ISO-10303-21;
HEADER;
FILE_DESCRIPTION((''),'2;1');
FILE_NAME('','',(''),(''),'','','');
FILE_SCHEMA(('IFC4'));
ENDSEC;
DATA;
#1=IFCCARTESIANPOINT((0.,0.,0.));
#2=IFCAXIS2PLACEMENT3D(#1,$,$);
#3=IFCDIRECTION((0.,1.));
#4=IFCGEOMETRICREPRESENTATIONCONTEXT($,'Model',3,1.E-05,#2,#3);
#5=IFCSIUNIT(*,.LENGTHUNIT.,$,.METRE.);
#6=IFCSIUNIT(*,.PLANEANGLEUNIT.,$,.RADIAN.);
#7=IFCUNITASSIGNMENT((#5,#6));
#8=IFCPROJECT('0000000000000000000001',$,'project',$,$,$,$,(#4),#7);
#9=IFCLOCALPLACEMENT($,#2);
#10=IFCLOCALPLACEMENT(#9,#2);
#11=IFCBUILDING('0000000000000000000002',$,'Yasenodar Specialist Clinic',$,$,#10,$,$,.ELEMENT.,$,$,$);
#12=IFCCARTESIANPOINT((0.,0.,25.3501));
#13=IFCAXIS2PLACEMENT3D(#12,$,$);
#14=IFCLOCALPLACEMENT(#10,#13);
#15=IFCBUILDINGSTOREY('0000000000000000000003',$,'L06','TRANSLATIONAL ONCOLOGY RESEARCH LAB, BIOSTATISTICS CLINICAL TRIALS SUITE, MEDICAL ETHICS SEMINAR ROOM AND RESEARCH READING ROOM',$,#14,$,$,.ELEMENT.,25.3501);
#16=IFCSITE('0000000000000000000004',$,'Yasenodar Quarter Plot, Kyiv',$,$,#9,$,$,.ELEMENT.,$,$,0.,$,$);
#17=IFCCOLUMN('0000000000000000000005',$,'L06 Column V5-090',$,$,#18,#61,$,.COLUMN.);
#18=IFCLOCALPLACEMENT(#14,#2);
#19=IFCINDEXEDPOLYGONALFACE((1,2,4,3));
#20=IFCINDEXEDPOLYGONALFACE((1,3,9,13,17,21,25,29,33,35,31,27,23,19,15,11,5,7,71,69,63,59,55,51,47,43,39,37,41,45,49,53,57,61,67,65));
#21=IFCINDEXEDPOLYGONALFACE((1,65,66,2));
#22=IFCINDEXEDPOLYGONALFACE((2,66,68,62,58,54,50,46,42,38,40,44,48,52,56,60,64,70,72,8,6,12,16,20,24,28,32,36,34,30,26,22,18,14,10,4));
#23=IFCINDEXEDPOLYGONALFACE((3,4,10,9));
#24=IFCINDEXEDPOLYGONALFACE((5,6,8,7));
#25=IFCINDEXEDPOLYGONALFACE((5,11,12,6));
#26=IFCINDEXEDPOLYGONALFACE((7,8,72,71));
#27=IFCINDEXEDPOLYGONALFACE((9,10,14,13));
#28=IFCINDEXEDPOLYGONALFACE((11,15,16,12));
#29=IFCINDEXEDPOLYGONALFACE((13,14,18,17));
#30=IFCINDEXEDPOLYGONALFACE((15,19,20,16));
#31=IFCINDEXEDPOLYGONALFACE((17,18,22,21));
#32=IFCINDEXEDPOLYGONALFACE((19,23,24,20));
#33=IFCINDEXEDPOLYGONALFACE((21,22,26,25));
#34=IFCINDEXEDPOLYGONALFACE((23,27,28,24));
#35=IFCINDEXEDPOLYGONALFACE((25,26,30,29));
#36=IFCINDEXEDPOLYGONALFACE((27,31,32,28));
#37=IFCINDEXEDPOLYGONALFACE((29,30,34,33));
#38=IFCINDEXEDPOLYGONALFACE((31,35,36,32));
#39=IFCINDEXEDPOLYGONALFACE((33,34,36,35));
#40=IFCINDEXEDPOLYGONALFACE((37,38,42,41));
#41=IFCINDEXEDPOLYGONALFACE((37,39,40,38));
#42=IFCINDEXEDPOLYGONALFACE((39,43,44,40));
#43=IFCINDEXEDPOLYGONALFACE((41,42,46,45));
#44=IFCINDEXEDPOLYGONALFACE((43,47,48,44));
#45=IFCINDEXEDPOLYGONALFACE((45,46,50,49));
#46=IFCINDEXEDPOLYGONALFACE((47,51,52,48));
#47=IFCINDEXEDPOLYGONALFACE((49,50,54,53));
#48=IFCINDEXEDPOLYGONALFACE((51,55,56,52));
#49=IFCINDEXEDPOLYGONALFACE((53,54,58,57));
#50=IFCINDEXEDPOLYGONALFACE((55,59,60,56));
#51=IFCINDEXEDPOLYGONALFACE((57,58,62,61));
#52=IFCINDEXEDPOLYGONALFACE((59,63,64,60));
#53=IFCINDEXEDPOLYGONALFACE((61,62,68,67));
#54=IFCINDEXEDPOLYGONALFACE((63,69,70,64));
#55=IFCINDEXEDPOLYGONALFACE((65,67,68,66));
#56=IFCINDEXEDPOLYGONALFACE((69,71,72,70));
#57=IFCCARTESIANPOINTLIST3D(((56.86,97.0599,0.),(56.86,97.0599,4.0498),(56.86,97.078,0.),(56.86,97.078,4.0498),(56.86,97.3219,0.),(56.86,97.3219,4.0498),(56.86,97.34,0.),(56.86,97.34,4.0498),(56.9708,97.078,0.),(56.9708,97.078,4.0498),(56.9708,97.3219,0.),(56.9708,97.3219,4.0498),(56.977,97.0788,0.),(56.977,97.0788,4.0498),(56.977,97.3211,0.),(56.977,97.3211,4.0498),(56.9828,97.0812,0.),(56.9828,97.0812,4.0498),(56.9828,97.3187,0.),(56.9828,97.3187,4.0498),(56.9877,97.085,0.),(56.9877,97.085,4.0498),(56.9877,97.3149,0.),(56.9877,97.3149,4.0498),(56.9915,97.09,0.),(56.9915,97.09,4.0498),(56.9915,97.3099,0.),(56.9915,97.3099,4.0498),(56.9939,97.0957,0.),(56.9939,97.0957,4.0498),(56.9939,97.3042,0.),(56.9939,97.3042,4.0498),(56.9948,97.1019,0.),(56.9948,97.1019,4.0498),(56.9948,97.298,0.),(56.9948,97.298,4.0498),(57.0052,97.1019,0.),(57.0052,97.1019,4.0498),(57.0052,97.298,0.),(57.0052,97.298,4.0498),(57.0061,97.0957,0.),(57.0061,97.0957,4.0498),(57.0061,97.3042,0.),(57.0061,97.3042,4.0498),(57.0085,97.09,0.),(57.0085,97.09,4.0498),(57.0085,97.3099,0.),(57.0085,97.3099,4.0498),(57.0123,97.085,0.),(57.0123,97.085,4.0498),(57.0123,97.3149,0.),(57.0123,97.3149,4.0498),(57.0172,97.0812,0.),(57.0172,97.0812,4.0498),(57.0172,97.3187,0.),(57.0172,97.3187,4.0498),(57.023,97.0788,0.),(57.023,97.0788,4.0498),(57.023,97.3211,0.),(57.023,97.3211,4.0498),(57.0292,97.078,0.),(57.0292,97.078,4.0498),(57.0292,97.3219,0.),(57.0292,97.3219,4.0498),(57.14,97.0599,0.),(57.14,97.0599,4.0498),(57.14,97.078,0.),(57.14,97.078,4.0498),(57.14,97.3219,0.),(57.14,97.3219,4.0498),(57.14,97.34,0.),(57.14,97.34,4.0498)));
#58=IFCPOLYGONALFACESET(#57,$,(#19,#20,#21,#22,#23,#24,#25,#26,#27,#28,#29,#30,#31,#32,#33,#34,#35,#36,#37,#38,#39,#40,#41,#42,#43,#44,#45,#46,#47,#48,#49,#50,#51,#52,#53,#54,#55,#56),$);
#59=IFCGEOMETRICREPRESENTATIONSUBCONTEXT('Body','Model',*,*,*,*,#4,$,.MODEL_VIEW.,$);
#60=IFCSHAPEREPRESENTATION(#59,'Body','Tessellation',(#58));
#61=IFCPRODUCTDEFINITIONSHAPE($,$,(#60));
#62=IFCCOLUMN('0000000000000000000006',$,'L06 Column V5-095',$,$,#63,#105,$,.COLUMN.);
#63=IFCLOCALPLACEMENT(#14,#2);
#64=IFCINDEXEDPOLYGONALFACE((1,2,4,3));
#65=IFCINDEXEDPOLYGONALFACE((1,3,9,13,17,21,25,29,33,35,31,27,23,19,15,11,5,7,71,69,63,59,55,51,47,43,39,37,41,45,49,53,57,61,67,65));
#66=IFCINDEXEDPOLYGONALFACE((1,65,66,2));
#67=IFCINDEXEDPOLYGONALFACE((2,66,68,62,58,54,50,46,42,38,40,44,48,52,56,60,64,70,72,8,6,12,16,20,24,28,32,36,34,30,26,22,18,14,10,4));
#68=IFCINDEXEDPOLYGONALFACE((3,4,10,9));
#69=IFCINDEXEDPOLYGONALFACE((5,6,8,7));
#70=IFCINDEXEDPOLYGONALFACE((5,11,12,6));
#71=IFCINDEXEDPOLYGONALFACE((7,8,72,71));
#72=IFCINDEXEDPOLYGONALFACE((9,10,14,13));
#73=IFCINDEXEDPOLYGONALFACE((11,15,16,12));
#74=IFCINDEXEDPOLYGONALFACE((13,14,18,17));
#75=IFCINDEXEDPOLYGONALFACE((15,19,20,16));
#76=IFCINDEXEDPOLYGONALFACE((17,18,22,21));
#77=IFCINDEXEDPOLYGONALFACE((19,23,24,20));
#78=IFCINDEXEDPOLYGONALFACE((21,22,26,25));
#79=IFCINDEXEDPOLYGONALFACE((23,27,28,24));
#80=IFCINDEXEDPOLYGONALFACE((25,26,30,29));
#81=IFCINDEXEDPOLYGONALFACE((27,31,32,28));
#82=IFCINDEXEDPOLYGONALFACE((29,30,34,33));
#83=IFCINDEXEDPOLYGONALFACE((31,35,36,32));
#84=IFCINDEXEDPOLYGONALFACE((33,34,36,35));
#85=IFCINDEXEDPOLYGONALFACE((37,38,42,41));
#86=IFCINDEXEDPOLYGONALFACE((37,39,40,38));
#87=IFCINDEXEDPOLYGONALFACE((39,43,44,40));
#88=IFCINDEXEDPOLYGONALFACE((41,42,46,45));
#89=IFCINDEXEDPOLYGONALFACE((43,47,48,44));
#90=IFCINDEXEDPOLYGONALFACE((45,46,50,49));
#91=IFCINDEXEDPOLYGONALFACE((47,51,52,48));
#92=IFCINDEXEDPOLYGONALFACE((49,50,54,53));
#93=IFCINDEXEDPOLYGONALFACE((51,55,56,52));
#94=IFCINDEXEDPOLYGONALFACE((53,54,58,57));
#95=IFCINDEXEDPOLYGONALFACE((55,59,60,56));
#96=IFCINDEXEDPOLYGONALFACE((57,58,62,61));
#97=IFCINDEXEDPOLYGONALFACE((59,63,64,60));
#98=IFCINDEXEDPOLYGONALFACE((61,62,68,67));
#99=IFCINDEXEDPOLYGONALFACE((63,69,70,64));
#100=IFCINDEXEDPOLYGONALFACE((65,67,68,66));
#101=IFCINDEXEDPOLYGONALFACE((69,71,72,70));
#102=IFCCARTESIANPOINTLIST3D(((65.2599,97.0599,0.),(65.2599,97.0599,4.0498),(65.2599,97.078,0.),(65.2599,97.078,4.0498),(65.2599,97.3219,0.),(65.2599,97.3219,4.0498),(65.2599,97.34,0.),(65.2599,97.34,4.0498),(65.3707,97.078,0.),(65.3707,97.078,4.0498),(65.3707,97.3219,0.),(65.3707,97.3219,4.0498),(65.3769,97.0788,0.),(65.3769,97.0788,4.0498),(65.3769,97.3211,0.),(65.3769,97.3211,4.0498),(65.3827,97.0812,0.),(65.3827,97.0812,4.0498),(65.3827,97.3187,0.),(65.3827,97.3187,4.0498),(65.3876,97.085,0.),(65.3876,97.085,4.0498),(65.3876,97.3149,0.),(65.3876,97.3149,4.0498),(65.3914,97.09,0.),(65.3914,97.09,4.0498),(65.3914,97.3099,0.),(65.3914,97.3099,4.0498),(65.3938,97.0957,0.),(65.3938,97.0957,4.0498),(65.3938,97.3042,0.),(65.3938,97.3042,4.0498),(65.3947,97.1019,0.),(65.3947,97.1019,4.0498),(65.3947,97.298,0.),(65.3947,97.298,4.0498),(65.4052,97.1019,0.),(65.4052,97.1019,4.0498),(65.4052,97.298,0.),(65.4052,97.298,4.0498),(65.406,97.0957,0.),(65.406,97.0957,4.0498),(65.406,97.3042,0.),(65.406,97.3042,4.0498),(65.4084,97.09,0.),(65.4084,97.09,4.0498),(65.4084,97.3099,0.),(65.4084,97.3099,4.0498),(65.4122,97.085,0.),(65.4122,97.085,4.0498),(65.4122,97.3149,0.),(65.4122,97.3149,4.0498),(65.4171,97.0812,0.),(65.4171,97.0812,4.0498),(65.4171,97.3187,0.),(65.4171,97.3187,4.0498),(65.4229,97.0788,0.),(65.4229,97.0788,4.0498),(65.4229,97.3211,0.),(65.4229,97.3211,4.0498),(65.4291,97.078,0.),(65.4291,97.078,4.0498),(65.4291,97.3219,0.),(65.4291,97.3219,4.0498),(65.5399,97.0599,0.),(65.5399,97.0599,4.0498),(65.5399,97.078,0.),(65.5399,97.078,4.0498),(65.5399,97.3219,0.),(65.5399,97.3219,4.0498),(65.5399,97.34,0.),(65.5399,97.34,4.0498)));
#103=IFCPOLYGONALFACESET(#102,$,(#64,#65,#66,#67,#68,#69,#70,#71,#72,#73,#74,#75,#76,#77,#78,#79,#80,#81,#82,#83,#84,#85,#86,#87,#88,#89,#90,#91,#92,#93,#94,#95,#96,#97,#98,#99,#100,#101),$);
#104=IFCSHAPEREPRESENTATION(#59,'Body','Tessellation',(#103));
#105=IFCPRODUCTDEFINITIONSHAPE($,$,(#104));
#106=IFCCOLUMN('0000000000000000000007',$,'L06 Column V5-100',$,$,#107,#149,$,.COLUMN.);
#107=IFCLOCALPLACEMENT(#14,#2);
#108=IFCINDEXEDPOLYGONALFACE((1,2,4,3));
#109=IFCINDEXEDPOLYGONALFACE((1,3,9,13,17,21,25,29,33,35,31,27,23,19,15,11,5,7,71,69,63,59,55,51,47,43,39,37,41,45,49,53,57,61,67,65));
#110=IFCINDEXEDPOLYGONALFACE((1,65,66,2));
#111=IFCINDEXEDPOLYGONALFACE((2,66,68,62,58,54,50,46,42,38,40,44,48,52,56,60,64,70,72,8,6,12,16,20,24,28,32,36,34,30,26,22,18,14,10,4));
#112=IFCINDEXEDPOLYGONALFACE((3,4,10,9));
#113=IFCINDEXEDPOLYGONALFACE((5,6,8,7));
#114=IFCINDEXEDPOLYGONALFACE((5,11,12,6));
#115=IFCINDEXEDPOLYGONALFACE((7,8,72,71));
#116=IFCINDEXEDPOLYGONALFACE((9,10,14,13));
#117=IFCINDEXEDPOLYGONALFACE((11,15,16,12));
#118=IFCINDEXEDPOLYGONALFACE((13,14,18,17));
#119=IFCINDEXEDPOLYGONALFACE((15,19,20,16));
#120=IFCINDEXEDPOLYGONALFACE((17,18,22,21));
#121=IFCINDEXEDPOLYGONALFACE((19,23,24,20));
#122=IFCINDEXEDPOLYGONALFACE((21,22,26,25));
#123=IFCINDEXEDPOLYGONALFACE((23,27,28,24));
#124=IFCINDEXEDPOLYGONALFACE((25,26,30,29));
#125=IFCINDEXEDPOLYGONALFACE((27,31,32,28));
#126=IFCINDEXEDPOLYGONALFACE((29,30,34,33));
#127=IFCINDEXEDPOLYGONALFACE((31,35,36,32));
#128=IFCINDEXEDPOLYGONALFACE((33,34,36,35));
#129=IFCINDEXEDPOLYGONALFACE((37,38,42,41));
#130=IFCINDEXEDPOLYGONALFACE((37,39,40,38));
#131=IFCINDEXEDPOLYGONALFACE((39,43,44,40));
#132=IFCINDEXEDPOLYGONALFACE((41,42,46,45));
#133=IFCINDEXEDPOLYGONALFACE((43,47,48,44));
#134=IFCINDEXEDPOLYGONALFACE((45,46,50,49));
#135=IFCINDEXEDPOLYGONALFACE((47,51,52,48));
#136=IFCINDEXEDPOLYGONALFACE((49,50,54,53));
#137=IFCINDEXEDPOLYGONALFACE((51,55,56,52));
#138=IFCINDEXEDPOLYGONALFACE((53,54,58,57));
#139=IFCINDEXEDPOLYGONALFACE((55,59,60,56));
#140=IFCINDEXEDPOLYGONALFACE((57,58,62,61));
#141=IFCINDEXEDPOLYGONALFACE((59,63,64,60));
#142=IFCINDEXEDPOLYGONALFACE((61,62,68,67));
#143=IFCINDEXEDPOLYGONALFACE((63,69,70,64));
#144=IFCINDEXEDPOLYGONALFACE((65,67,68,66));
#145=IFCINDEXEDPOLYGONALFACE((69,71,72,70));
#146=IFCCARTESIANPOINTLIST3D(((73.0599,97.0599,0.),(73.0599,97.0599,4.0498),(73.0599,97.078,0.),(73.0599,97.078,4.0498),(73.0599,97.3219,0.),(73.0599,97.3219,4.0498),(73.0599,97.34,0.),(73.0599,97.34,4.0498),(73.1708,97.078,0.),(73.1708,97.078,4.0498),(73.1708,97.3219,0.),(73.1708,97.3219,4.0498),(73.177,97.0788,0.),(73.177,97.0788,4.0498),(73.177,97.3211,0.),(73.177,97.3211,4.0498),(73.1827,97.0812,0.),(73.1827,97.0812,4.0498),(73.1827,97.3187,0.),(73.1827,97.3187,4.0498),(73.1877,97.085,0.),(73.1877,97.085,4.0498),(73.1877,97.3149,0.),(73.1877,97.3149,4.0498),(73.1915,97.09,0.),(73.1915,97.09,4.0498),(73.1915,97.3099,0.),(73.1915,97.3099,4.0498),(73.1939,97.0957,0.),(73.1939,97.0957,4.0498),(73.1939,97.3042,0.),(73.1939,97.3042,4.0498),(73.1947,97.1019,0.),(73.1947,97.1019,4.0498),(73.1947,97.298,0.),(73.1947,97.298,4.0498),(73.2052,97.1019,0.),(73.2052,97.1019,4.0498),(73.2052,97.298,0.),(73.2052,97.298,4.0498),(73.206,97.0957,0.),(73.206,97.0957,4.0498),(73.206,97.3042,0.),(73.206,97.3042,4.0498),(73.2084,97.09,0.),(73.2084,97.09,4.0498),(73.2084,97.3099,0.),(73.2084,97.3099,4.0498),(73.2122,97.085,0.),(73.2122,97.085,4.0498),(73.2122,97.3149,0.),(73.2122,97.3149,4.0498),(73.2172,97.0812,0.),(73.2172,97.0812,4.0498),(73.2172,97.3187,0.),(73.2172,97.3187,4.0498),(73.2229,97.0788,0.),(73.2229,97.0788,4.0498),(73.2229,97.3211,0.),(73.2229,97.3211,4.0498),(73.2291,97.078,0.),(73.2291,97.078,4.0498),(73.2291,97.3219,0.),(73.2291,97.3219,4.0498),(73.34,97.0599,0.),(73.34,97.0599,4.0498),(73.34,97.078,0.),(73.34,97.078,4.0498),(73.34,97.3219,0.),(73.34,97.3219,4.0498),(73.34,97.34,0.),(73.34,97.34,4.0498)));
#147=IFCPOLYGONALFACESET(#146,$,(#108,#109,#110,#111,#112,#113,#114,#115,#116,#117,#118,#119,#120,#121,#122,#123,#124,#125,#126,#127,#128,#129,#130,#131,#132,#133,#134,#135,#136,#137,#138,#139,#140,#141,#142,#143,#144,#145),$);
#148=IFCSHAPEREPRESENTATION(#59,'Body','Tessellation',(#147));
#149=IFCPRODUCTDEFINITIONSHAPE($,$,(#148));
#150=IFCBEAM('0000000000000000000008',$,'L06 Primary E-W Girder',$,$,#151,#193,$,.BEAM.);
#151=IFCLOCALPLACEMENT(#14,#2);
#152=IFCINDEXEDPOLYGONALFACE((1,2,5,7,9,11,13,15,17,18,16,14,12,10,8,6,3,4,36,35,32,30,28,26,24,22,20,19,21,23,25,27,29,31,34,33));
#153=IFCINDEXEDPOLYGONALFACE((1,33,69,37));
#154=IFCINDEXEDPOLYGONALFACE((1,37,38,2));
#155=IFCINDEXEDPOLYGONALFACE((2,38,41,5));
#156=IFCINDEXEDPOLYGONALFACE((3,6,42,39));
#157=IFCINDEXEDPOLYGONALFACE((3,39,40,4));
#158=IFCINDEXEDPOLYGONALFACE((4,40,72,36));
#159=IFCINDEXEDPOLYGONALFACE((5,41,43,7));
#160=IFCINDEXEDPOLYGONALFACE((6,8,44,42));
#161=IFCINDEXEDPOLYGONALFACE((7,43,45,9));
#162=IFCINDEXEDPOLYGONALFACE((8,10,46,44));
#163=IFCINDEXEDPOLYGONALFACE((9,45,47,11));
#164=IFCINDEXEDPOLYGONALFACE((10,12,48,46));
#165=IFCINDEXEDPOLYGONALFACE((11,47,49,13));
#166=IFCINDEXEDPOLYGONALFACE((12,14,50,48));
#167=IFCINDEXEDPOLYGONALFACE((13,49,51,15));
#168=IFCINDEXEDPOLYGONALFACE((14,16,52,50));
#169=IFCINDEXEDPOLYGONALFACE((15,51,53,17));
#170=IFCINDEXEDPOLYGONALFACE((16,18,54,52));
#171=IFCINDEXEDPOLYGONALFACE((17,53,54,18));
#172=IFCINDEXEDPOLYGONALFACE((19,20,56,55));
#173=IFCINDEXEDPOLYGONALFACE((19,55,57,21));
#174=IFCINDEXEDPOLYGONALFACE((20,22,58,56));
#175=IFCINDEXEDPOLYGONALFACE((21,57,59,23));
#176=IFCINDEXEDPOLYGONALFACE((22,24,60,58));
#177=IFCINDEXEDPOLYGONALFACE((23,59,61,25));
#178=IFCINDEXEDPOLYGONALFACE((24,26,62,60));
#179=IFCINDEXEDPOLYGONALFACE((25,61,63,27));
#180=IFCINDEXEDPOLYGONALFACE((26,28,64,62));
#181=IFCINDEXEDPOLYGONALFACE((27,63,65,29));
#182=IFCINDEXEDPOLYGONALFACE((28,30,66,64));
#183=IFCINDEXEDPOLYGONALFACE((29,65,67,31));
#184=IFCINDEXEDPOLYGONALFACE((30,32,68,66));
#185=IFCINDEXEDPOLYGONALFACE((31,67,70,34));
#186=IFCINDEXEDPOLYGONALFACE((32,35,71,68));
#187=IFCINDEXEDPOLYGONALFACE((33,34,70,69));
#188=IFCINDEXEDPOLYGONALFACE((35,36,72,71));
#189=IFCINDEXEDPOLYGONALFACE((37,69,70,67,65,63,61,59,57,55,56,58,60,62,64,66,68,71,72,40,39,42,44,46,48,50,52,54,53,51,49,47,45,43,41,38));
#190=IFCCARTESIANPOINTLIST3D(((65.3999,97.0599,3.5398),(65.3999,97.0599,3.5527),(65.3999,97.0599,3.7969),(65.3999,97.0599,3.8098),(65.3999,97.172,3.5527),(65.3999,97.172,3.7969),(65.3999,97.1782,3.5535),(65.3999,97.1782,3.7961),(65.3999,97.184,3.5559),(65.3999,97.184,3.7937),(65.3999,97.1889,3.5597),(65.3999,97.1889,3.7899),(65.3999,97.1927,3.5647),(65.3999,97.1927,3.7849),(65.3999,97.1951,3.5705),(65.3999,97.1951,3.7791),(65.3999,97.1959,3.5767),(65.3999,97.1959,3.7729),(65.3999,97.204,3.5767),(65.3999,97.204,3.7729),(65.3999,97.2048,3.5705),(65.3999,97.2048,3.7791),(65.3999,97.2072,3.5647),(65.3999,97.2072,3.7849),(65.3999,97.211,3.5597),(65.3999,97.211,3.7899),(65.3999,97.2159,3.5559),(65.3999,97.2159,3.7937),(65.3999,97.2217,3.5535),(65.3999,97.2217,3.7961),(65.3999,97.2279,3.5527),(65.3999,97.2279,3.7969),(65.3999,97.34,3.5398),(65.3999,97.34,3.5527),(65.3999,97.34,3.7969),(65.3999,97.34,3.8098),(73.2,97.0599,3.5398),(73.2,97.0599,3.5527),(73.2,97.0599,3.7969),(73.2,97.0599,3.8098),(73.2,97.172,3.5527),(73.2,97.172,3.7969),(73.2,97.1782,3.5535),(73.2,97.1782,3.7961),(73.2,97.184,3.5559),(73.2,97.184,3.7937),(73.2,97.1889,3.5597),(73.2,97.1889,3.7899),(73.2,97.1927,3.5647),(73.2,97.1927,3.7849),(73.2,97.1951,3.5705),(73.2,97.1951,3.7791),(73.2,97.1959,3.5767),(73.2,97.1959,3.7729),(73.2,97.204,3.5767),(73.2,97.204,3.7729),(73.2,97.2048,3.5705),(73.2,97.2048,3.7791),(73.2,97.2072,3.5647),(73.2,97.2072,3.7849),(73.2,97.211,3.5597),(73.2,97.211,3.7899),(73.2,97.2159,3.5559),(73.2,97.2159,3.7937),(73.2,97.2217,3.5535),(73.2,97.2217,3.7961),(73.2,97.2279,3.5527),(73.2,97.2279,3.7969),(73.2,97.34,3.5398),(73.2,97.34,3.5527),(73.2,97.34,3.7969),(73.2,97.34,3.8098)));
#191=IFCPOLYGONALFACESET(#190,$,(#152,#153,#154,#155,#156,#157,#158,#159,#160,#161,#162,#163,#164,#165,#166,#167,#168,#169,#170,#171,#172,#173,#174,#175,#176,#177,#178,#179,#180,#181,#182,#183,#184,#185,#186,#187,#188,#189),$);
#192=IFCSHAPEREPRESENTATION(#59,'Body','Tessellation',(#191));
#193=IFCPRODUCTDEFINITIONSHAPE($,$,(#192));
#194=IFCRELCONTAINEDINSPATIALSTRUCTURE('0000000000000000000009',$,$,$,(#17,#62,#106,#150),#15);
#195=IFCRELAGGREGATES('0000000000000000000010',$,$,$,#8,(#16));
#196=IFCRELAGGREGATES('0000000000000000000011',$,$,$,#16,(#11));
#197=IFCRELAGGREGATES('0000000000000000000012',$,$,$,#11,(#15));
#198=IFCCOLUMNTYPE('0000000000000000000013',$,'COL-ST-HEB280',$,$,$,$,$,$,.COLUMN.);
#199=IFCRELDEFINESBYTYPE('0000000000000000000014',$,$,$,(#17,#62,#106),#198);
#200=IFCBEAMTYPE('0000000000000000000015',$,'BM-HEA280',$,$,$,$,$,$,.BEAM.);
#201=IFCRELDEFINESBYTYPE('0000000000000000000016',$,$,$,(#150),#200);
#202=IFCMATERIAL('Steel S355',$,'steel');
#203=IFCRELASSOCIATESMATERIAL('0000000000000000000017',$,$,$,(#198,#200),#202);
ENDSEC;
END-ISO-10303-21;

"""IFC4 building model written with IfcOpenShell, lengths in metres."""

from ifc_helpers import new_model, si_unit, direction, frame, origin, origin_2d, place, context, subcontext, project, spatial, i_section, extrude, material, material_profile, profile_set, type_object, element, save


model = new_model("IFC4")

# Units and contexts
model_context = context("Model", 3, precision=1e-05, world=origin(), true_north=direction((0.0, 1.0)))
body_context = subcontext(model_context, "Body", "Model", "MODEL_VIEW")
ifc_project = project(units=[si_unit("LENGTHUNIT", "METRE"), si_unit("PLANEANGLEUNIT", "RADIAN")], contexts=[model_context])

# Site, building, storey
site_placement = place(None, origin())
site = spatial("IfcSite", under=ifc_project, at=site_placement, Name="Yasenodar Quarter Plot, Kyiv", CompositionType="ELEMENT", RefElevation=0.0)
building_placement = place(site_placement, origin())
building = spatial("IfcBuilding", under=site, at=building_placement, Name="Yasenodar Specialist Clinic", CompositionType="ELEMENT")
storey_placement = place(building_placement, frame((0.0, 0.0, 25.3501)))
storey = spatial("IfcBuildingStorey", under=building, at=storey_placement, Name="L06", Description="TRANSLATIONAL ONCOLOGY RESEARCH LAB, BIOSTATISTICS CLINICAL TRIALS SUITE, MEDICAL ETHICS SEMINAR ROOM AND RESEARCH READING ROOM", CompositionType="ELEMENT", Elevation=25.3501)

# Columns
ifc_material_1 = material(Name="Steel S355", Category="steel")
ifc_material_profile_1 = material_profile(ifc_material_1, i_section(OverallWidth=0.28, OverallDepth=0.28, WebThickness=0.0105, FlangeThickness=0.0181, FilletRadius=0.0239, at=origin_2d()), Name="HEB 280")
ifc_profile_set_1 = profile_set([ifc_material_profile_1], Name="Steel S355")
column_type = type_object("IfcColumnType", Name="COL-ST-HEB280", PredefinedType="COLUMN", material=ifc_profile_set_1)
for number, where, z_axis, x_axis, name in (
    (1, (57.0, 97.2, 0.0), (0.0, 0.0, 1.0), (1.0, 0.0, 0.0), "L06 Column V5-090"),
    (2, (65.3999, 97.2, 0.0), (0.0, 0.0, 1.0), (1.0, 0.0, 0.0), "L06 Column V5-095"),
    (3, (73.2, 97.2, 0.0), (0.0, 0.0, 1.0), (1.0, 0.0, 0.0), "L06 Column V5-100"),
):
    element("IfcColumn", number, at=place(storey_placement, frame(where, z_axis=z_axis, x_axis=x_axis)), inside=storey, type_object=column_type, Name=name, PredefinedType="COLUMN", context=body_context, shape_type="SweptSolid", body=[
        extrude(i_section(OverallWidth=0.28, OverallDepth=0.28, WebThickness=0.0105, FlangeThickness=0.0181, FilletRadius=0.0239, at=origin_2d()), origin(), (0.0, 0.0, 1.0), 4.0498),
    ])

# Beam
ifc_material_profile_2 = material_profile(ifc_material_1, i_section(OverallWidth=0.28, OverallDepth=0.27, WebThickness=0.0081, FlangeThickness=0.0129, FilletRadius=0.0239, at=origin_2d()), Name="HEA 280")
ifc_profile_set_2 = profile_set([ifc_material_profile_2], Name="Steel S355")
beam_type_1 = type_object("IfcBeamType", Name="BM-HEA280", PredefinedType="BEAM", material=ifc_profile_set_2)
beam_1_placement = place(storey_placement, frame((65.3999, 97.2, 3.6748), z_axis=(1.0, 0.0, 0.0), x_axis=(0.0, 1.0, 0.0)))
element("IfcBeam", 4, at=beam_1_placement, inside=storey, type_object=beam_type_1, Name="L06 Primary E-W Girder", PredefinedType="BEAM", context=body_context, shape_type="SweptSolid", body=[
    extrude(i_section(OverallWidth=0.28, OverallDepth=0.27, WebThickness=0.0081, FlangeThickness=0.0129, FilletRadius=0.0239, at=origin_2d()), origin(), (0.0, 0.0, 1.0), 7.8),
])

save(model, "model.ifc")
